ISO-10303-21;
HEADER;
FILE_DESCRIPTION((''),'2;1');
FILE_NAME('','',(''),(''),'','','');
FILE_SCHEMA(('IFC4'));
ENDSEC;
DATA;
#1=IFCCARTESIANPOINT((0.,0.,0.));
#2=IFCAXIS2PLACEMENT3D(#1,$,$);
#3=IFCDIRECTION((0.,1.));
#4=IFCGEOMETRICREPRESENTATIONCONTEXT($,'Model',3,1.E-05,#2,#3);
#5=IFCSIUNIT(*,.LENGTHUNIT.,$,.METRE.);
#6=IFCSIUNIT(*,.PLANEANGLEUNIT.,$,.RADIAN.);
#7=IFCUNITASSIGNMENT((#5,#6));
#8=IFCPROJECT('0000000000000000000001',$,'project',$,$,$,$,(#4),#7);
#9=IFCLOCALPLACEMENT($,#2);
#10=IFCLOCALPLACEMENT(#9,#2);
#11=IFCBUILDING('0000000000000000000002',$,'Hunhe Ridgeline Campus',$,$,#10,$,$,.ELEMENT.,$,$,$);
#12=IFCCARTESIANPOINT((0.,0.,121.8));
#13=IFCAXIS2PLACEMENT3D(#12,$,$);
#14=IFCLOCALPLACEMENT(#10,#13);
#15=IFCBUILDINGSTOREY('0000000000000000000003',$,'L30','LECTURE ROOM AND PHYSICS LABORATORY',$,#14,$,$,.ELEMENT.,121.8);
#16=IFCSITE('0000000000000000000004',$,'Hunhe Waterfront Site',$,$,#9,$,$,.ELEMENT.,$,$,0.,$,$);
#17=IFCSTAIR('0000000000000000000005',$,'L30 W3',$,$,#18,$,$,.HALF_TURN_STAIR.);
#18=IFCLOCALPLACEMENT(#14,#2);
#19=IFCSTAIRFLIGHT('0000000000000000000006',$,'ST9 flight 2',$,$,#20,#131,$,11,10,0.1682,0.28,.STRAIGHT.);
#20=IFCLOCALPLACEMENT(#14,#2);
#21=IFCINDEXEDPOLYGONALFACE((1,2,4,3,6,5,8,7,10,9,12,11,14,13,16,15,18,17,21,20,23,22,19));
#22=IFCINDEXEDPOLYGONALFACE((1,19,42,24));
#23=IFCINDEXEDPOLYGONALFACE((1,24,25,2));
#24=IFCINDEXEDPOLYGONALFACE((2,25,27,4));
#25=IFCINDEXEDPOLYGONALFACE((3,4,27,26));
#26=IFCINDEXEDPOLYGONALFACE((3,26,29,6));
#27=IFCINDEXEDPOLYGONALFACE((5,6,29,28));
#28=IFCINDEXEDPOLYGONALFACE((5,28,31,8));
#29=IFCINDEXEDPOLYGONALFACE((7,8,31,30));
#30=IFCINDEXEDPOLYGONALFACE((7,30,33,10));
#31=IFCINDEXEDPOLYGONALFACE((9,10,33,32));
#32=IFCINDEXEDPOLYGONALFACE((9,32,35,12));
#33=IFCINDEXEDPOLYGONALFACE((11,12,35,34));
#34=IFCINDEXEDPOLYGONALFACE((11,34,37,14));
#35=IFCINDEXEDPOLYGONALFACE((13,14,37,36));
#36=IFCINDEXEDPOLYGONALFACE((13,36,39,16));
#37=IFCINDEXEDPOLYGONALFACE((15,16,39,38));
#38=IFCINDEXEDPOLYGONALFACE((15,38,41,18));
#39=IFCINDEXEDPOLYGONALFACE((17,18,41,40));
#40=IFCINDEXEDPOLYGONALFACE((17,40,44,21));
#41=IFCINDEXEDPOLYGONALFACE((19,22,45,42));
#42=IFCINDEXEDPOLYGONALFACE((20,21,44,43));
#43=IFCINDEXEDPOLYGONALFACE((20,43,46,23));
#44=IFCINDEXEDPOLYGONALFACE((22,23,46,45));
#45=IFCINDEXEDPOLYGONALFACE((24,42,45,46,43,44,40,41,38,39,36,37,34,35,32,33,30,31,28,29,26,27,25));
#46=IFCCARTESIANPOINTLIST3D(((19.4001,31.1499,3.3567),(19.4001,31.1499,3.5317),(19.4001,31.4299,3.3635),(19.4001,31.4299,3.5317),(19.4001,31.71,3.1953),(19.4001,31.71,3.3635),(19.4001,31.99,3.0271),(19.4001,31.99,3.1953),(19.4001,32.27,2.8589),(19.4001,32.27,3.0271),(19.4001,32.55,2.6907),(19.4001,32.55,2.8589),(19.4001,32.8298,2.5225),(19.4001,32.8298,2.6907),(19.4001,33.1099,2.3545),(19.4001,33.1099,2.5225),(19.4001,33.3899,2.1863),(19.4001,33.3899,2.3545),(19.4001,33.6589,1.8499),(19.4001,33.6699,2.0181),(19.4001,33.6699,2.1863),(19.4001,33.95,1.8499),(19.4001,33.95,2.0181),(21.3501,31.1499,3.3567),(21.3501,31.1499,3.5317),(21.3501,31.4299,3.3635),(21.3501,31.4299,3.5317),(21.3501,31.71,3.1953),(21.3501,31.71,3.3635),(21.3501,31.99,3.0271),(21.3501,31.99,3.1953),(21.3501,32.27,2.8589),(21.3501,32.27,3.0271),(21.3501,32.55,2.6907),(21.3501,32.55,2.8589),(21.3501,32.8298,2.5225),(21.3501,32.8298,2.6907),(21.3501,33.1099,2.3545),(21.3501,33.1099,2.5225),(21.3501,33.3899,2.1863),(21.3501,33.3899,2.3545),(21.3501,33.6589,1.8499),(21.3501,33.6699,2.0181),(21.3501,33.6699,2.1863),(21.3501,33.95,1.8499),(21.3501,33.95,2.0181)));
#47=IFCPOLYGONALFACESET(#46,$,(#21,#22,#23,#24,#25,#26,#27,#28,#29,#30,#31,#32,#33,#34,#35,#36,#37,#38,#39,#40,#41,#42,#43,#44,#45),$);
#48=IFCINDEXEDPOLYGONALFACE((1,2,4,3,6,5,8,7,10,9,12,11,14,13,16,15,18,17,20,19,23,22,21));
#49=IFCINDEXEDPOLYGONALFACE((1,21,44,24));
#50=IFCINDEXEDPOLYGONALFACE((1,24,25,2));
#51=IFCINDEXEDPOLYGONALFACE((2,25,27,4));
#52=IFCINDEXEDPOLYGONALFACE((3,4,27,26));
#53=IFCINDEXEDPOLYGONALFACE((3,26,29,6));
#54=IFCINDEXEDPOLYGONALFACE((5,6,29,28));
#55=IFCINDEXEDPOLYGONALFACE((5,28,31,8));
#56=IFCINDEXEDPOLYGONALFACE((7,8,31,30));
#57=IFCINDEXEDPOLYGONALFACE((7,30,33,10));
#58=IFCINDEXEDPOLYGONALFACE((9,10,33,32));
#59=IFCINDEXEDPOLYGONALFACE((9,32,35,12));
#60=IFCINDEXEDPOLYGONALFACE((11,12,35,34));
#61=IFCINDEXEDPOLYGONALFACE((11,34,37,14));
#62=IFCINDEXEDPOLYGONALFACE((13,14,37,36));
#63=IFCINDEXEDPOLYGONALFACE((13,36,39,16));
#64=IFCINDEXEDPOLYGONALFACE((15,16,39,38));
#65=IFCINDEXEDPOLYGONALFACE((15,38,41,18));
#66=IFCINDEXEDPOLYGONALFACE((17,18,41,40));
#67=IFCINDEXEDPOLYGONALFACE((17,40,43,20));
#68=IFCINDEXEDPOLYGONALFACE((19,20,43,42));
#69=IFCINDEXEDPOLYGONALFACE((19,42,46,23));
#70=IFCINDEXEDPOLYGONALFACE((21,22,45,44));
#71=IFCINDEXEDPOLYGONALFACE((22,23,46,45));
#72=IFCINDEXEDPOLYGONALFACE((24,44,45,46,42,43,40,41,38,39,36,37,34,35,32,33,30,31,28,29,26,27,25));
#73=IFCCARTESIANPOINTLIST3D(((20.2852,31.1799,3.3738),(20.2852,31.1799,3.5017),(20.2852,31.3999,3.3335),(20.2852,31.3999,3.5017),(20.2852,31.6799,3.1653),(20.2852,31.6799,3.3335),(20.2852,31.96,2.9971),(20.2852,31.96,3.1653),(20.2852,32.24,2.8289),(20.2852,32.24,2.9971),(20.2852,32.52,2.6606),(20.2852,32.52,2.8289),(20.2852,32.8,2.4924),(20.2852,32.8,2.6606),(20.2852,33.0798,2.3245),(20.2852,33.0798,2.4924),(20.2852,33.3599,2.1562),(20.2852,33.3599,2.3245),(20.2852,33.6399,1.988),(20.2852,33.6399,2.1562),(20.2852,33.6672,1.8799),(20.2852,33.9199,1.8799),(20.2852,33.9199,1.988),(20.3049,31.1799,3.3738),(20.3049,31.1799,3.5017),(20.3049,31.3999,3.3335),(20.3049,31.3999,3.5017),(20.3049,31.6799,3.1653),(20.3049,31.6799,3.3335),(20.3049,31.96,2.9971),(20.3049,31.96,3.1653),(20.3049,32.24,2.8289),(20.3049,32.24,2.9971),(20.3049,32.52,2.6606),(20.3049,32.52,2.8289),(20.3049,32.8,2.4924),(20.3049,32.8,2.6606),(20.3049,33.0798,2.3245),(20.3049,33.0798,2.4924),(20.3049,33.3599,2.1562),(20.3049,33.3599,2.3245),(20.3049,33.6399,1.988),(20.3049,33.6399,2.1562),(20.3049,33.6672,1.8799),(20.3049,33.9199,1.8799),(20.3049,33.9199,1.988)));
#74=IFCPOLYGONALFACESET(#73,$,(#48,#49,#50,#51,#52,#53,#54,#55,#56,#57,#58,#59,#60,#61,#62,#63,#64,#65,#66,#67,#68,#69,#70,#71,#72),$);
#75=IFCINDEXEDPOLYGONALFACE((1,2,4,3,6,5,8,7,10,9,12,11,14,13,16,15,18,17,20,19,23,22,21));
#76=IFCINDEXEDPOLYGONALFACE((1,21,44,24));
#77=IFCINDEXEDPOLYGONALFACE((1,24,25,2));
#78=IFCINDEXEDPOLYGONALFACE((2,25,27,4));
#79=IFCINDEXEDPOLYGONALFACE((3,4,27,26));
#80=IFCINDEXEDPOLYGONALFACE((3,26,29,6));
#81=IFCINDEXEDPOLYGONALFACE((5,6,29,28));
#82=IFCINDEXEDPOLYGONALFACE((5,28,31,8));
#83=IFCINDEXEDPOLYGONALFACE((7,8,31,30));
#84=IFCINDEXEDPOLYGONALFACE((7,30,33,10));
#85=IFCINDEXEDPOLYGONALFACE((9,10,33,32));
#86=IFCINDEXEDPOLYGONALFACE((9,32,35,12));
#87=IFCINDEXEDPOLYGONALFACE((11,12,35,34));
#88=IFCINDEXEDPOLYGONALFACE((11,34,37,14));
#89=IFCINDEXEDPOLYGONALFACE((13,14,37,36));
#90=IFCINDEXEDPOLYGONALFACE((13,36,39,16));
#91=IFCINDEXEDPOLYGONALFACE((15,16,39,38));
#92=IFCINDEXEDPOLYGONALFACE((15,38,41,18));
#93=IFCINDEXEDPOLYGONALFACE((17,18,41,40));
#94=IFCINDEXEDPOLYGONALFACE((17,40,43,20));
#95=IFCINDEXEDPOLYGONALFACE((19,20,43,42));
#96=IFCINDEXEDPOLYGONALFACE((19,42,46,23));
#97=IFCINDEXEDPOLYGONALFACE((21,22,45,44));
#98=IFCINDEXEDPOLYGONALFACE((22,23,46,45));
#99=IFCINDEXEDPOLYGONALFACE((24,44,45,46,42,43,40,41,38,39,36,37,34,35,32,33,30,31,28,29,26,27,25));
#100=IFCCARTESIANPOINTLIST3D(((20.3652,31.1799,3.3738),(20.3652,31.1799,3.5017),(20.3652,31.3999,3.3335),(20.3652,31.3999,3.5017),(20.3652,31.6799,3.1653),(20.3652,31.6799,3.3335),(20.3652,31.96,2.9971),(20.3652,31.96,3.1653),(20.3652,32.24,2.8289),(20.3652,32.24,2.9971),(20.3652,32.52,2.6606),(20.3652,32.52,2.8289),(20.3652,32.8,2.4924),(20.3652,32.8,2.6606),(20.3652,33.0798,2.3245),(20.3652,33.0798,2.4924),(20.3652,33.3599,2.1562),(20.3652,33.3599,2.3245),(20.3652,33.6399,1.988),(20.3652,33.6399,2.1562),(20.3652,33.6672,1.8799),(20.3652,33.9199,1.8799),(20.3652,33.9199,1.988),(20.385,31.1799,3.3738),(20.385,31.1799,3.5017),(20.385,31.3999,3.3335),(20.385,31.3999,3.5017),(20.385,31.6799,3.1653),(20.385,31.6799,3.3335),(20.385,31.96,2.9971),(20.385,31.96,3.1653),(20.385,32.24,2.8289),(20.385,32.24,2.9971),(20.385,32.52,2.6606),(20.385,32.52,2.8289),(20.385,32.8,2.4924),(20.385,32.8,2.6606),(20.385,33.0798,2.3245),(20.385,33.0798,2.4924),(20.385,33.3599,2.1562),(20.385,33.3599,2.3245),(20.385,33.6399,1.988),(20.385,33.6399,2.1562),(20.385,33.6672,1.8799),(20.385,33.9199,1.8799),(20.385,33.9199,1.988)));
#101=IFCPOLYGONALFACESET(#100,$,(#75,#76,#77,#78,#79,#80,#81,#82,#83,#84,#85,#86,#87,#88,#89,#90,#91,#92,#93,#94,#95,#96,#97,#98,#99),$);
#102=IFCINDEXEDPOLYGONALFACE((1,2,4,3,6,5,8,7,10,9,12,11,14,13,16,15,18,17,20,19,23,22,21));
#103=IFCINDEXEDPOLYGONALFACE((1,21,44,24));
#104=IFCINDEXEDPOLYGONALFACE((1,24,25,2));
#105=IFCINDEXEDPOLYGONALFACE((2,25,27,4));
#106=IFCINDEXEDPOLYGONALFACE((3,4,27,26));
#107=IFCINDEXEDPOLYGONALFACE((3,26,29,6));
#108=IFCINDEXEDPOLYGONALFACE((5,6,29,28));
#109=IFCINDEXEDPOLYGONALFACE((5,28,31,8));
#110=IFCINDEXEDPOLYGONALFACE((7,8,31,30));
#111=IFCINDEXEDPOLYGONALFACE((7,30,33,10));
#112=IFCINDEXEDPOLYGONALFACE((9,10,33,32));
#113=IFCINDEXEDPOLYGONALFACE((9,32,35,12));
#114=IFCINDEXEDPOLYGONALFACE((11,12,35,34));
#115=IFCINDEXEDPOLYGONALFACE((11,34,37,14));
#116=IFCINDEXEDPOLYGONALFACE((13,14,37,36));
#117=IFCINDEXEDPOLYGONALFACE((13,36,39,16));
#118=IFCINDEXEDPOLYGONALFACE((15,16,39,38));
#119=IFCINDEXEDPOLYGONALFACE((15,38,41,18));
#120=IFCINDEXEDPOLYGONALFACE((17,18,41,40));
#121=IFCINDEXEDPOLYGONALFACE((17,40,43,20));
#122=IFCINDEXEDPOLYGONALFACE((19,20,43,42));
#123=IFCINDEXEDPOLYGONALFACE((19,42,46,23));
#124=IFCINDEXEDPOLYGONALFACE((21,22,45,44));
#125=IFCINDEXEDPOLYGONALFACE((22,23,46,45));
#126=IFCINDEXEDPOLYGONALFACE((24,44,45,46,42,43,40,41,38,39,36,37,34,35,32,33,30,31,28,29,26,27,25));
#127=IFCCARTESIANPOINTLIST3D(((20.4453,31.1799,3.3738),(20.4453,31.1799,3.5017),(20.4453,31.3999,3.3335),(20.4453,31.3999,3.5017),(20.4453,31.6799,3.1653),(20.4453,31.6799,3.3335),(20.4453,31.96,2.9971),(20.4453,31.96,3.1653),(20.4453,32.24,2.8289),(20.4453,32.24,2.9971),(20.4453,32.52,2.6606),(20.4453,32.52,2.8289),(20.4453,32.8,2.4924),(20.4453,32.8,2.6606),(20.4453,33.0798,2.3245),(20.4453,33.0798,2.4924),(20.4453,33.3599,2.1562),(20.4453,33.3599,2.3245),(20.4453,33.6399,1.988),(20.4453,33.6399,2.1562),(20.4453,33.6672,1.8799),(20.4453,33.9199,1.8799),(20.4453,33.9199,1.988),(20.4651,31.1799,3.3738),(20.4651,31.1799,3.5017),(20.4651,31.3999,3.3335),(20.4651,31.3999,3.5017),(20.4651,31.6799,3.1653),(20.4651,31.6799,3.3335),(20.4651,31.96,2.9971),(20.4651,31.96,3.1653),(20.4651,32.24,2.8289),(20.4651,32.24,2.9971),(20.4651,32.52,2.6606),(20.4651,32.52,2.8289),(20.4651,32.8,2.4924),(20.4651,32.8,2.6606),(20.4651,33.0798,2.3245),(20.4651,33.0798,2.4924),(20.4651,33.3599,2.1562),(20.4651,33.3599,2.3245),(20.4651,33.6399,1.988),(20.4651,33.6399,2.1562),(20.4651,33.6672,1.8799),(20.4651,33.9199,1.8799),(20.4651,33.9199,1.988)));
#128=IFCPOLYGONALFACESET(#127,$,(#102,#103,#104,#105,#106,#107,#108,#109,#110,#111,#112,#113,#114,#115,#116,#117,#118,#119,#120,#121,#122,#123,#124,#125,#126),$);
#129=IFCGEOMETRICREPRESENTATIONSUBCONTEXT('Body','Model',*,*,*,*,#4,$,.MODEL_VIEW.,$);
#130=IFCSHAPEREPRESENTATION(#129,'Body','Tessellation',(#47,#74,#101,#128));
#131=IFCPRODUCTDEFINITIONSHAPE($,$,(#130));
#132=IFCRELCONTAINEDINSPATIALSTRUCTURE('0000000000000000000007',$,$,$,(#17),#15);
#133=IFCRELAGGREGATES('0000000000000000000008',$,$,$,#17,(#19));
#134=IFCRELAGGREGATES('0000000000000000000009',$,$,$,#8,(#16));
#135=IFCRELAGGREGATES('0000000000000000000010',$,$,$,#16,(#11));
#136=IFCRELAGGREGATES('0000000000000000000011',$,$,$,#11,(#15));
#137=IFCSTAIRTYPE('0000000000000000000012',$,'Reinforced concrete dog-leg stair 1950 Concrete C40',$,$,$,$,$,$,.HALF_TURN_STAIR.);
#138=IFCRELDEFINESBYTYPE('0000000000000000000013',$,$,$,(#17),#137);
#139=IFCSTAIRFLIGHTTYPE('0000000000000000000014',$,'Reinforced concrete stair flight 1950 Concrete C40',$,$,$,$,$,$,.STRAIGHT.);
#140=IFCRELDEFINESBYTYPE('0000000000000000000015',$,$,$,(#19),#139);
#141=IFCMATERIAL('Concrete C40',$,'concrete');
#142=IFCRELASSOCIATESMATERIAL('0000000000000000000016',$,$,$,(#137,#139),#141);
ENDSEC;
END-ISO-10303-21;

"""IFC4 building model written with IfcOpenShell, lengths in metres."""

from ifc_helpers import new_model, si_unit, direction, frame, origin, place, context, subcontext, project, spatial, polyline, outline, extrude, material, type_object, element, aggregate, save


model = new_model("IFC4")

# Units and contexts
model_context = context("Model", 3, precision=1e-05, world=origin(), true_north=direction((0.0, 1.0)))
body_context = subcontext(model_context, "Body", "Model", "MODEL_VIEW")
ifc_project = project(units=[si_unit("LENGTHUNIT", "METRE"), si_unit("PLANEANGLEUNIT", "RADIAN")], contexts=[model_context])

# Site, building, storey
site_placement = place(None, origin())
site = spatial("IfcSite", under=ifc_project, at=site_placement, Name="Hunhe Waterfront Site", CompositionType="ELEMENT", RefElevation=0.0)
building_placement = place(site_placement, origin())
building = spatial("IfcBuilding", under=site, at=building_placement, Name="Hunhe Ridgeline Campus", CompositionType="ELEMENT")
storey_placement = place(building_placement, frame((0.0, 0.0, 121.8)))
storey = spatial("IfcBuildingStorey", under=building, at=storey_placement, Name="L30", Description="LECTURE ROOM AND PHYSICS LABORATORY", CompositionType="ELEMENT", Elevation=121.8)

# Stair, stair flight
ifc_material_1 = material(Name="Concrete C40", Category="concrete")
stair_type = type_object("IfcStairType", Name="Reinforced concrete dog-leg stair 1950 Concrete C40", PredefinedType="HALF_TURN_STAIR", material=ifc_material_1)
stair_placement = place(storey_placement, origin())
stair = element("IfcStair", 1, at=stair_placement, inside=storey, type_object=stair_type, Name="L30 W3", PredefinedType="HALF_TURN_STAIR")
stair_flight_type = type_object("IfcStairFlightType", Name="Reinforced concrete stair flight 1950 Concrete C40", PredefinedType="STRAIGHT", material=ifc_material_1)
stair_flight_placement = place(storey_placement, frame((20.375, 33.95, 1.8499), z_axis=(0.0, 0.0, 1.0), x_axis=(0.0, -1.0, 0.0)))
stair_flight = element("IfcStairFlight", 2, at=stair_flight_placement, type_object=stair_flight_type, Name="ST9 flight 2", NumberOfRisers=11, NumberOfTreads=10, PredefinedType="STRAIGHT", RiserHeight=0.1682, TreadLength=0.28, context=body_context, shape_type="SweptSolid", body=[
    extrude(outline(polyline([(0.0, 0.0), (0.0, 0.1682), (0.28, 0.1682), (0.28, 0.3364), (0.5601, 0.3364), (0.5601, 0.5046), (0.8401, 0.5046), (0.8401, 0.6726), (1.1201, 0.6726), (1.1201, 0.8408), (1.3999, 0.8408), (1.3999, 1.009), (1.6799, 1.009), (1.6799, 1.1772), (1.96, 1.1772), (1.96, 1.3455), (2.24, 1.3455), (2.24, 1.5137), (2.52, 1.5137), (2.52, 1.6819), (2.8, 1.6819), (2.8, 1.8501), (2.8, 1.5068), (0.291, 0.0), (0.0, 0.0)])), frame((0.0, 0.9751, 0.0), z_axis=(0.0, -1.0, 0.0), x_axis=(1.0, 0.0, 0.0)), (0.0, 0.0, 1.0), 1.95),
    extrude(outline(polyline([(0.03, 0.03), (0.03, 0.1382), (0.3101, 0.1382), (0.3101, 0.3064), (0.5901, 0.3064), (0.5901, 0.4746), (0.8701, 0.4746), (0.8701, 0.6426), (1.1499, 0.6426), (1.1499, 0.8108), (1.4299, 0.8108), (1.4299, 0.979), (1.71, 0.979), (1.71, 1.1472), (1.99, 1.1472), (1.99, 1.3154), (2.27, 1.3154), (2.27, 1.4836), (2.55, 1.4836), (2.55, 1.6519), (2.77, 1.6519), (2.77, 1.5239), (0.2827, 0.03), (0.03, 0.03)])), frame((0.0, -0.0701, 0.0), z_axis=(0.0, -1.0, 0.0), x_axis=(1.0, 0.0, 0.0)), (0.0, 0.0, 1.0), 0.0198),
    extrude(outline(polyline([(0.03, 0.03), (0.03, 0.1382), (0.3101, 0.1382), (0.3101, 0.3064), (0.5901, 0.3064), (0.5901, 0.4746), (0.8701, 0.4746), (0.8701, 0.6426), (1.1499, 0.6426), (1.1499, 0.8108), (1.4299, 0.8108), (1.4299, 0.979), (1.71, 0.979), (1.71, 1.1472), (1.99, 1.1472), (1.99, 1.3154), (2.27, 1.3154), (2.27, 1.4836), (2.55, 1.4836), (2.55, 1.6519), (2.77, 1.6519), (2.77, 1.5239), (0.2827, 0.03), (0.03, 0.03)])), frame((0.0, 0.01, 0.0), z_axis=(0.0, -1.0, 0.0), x_axis=(1.0, 0.0, 0.0)), (0.0, 0.0, 1.0), 0.0198),
    extrude(outline(polyline([(0.03, 0.03), (0.03, 0.1382), (0.3101, 0.1382), (0.3101, 0.3064), (0.5901, 0.3064), (0.5901, 0.4746), (0.8701, 0.4746), (0.8701, 0.6426), (1.1499, 0.6426), (1.1499, 0.8108), (1.4299, 0.8108), (1.4299, 0.979), (1.71, 0.979), (1.71, 1.1472), (1.99, 1.1472), (1.99, 1.3154), (2.27, 1.3154), (2.27, 1.4836), (2.55, 1.4836), (2.55, 1.6519), (2.77, 1.6519), (2.77, 1.5239), (0.2827, 0.03), (0.03, 0.03)])), frame((0.0, 0.0901, 0.0), z_axis=(0.0, -1.0, 0.0), x_axis=(1.0, 0.0, 0.0)), (0.0, 0.0, 1.0), 0.0198),
])
aggregate(stair, [stair_flight])

save(model, "model.ifc")
